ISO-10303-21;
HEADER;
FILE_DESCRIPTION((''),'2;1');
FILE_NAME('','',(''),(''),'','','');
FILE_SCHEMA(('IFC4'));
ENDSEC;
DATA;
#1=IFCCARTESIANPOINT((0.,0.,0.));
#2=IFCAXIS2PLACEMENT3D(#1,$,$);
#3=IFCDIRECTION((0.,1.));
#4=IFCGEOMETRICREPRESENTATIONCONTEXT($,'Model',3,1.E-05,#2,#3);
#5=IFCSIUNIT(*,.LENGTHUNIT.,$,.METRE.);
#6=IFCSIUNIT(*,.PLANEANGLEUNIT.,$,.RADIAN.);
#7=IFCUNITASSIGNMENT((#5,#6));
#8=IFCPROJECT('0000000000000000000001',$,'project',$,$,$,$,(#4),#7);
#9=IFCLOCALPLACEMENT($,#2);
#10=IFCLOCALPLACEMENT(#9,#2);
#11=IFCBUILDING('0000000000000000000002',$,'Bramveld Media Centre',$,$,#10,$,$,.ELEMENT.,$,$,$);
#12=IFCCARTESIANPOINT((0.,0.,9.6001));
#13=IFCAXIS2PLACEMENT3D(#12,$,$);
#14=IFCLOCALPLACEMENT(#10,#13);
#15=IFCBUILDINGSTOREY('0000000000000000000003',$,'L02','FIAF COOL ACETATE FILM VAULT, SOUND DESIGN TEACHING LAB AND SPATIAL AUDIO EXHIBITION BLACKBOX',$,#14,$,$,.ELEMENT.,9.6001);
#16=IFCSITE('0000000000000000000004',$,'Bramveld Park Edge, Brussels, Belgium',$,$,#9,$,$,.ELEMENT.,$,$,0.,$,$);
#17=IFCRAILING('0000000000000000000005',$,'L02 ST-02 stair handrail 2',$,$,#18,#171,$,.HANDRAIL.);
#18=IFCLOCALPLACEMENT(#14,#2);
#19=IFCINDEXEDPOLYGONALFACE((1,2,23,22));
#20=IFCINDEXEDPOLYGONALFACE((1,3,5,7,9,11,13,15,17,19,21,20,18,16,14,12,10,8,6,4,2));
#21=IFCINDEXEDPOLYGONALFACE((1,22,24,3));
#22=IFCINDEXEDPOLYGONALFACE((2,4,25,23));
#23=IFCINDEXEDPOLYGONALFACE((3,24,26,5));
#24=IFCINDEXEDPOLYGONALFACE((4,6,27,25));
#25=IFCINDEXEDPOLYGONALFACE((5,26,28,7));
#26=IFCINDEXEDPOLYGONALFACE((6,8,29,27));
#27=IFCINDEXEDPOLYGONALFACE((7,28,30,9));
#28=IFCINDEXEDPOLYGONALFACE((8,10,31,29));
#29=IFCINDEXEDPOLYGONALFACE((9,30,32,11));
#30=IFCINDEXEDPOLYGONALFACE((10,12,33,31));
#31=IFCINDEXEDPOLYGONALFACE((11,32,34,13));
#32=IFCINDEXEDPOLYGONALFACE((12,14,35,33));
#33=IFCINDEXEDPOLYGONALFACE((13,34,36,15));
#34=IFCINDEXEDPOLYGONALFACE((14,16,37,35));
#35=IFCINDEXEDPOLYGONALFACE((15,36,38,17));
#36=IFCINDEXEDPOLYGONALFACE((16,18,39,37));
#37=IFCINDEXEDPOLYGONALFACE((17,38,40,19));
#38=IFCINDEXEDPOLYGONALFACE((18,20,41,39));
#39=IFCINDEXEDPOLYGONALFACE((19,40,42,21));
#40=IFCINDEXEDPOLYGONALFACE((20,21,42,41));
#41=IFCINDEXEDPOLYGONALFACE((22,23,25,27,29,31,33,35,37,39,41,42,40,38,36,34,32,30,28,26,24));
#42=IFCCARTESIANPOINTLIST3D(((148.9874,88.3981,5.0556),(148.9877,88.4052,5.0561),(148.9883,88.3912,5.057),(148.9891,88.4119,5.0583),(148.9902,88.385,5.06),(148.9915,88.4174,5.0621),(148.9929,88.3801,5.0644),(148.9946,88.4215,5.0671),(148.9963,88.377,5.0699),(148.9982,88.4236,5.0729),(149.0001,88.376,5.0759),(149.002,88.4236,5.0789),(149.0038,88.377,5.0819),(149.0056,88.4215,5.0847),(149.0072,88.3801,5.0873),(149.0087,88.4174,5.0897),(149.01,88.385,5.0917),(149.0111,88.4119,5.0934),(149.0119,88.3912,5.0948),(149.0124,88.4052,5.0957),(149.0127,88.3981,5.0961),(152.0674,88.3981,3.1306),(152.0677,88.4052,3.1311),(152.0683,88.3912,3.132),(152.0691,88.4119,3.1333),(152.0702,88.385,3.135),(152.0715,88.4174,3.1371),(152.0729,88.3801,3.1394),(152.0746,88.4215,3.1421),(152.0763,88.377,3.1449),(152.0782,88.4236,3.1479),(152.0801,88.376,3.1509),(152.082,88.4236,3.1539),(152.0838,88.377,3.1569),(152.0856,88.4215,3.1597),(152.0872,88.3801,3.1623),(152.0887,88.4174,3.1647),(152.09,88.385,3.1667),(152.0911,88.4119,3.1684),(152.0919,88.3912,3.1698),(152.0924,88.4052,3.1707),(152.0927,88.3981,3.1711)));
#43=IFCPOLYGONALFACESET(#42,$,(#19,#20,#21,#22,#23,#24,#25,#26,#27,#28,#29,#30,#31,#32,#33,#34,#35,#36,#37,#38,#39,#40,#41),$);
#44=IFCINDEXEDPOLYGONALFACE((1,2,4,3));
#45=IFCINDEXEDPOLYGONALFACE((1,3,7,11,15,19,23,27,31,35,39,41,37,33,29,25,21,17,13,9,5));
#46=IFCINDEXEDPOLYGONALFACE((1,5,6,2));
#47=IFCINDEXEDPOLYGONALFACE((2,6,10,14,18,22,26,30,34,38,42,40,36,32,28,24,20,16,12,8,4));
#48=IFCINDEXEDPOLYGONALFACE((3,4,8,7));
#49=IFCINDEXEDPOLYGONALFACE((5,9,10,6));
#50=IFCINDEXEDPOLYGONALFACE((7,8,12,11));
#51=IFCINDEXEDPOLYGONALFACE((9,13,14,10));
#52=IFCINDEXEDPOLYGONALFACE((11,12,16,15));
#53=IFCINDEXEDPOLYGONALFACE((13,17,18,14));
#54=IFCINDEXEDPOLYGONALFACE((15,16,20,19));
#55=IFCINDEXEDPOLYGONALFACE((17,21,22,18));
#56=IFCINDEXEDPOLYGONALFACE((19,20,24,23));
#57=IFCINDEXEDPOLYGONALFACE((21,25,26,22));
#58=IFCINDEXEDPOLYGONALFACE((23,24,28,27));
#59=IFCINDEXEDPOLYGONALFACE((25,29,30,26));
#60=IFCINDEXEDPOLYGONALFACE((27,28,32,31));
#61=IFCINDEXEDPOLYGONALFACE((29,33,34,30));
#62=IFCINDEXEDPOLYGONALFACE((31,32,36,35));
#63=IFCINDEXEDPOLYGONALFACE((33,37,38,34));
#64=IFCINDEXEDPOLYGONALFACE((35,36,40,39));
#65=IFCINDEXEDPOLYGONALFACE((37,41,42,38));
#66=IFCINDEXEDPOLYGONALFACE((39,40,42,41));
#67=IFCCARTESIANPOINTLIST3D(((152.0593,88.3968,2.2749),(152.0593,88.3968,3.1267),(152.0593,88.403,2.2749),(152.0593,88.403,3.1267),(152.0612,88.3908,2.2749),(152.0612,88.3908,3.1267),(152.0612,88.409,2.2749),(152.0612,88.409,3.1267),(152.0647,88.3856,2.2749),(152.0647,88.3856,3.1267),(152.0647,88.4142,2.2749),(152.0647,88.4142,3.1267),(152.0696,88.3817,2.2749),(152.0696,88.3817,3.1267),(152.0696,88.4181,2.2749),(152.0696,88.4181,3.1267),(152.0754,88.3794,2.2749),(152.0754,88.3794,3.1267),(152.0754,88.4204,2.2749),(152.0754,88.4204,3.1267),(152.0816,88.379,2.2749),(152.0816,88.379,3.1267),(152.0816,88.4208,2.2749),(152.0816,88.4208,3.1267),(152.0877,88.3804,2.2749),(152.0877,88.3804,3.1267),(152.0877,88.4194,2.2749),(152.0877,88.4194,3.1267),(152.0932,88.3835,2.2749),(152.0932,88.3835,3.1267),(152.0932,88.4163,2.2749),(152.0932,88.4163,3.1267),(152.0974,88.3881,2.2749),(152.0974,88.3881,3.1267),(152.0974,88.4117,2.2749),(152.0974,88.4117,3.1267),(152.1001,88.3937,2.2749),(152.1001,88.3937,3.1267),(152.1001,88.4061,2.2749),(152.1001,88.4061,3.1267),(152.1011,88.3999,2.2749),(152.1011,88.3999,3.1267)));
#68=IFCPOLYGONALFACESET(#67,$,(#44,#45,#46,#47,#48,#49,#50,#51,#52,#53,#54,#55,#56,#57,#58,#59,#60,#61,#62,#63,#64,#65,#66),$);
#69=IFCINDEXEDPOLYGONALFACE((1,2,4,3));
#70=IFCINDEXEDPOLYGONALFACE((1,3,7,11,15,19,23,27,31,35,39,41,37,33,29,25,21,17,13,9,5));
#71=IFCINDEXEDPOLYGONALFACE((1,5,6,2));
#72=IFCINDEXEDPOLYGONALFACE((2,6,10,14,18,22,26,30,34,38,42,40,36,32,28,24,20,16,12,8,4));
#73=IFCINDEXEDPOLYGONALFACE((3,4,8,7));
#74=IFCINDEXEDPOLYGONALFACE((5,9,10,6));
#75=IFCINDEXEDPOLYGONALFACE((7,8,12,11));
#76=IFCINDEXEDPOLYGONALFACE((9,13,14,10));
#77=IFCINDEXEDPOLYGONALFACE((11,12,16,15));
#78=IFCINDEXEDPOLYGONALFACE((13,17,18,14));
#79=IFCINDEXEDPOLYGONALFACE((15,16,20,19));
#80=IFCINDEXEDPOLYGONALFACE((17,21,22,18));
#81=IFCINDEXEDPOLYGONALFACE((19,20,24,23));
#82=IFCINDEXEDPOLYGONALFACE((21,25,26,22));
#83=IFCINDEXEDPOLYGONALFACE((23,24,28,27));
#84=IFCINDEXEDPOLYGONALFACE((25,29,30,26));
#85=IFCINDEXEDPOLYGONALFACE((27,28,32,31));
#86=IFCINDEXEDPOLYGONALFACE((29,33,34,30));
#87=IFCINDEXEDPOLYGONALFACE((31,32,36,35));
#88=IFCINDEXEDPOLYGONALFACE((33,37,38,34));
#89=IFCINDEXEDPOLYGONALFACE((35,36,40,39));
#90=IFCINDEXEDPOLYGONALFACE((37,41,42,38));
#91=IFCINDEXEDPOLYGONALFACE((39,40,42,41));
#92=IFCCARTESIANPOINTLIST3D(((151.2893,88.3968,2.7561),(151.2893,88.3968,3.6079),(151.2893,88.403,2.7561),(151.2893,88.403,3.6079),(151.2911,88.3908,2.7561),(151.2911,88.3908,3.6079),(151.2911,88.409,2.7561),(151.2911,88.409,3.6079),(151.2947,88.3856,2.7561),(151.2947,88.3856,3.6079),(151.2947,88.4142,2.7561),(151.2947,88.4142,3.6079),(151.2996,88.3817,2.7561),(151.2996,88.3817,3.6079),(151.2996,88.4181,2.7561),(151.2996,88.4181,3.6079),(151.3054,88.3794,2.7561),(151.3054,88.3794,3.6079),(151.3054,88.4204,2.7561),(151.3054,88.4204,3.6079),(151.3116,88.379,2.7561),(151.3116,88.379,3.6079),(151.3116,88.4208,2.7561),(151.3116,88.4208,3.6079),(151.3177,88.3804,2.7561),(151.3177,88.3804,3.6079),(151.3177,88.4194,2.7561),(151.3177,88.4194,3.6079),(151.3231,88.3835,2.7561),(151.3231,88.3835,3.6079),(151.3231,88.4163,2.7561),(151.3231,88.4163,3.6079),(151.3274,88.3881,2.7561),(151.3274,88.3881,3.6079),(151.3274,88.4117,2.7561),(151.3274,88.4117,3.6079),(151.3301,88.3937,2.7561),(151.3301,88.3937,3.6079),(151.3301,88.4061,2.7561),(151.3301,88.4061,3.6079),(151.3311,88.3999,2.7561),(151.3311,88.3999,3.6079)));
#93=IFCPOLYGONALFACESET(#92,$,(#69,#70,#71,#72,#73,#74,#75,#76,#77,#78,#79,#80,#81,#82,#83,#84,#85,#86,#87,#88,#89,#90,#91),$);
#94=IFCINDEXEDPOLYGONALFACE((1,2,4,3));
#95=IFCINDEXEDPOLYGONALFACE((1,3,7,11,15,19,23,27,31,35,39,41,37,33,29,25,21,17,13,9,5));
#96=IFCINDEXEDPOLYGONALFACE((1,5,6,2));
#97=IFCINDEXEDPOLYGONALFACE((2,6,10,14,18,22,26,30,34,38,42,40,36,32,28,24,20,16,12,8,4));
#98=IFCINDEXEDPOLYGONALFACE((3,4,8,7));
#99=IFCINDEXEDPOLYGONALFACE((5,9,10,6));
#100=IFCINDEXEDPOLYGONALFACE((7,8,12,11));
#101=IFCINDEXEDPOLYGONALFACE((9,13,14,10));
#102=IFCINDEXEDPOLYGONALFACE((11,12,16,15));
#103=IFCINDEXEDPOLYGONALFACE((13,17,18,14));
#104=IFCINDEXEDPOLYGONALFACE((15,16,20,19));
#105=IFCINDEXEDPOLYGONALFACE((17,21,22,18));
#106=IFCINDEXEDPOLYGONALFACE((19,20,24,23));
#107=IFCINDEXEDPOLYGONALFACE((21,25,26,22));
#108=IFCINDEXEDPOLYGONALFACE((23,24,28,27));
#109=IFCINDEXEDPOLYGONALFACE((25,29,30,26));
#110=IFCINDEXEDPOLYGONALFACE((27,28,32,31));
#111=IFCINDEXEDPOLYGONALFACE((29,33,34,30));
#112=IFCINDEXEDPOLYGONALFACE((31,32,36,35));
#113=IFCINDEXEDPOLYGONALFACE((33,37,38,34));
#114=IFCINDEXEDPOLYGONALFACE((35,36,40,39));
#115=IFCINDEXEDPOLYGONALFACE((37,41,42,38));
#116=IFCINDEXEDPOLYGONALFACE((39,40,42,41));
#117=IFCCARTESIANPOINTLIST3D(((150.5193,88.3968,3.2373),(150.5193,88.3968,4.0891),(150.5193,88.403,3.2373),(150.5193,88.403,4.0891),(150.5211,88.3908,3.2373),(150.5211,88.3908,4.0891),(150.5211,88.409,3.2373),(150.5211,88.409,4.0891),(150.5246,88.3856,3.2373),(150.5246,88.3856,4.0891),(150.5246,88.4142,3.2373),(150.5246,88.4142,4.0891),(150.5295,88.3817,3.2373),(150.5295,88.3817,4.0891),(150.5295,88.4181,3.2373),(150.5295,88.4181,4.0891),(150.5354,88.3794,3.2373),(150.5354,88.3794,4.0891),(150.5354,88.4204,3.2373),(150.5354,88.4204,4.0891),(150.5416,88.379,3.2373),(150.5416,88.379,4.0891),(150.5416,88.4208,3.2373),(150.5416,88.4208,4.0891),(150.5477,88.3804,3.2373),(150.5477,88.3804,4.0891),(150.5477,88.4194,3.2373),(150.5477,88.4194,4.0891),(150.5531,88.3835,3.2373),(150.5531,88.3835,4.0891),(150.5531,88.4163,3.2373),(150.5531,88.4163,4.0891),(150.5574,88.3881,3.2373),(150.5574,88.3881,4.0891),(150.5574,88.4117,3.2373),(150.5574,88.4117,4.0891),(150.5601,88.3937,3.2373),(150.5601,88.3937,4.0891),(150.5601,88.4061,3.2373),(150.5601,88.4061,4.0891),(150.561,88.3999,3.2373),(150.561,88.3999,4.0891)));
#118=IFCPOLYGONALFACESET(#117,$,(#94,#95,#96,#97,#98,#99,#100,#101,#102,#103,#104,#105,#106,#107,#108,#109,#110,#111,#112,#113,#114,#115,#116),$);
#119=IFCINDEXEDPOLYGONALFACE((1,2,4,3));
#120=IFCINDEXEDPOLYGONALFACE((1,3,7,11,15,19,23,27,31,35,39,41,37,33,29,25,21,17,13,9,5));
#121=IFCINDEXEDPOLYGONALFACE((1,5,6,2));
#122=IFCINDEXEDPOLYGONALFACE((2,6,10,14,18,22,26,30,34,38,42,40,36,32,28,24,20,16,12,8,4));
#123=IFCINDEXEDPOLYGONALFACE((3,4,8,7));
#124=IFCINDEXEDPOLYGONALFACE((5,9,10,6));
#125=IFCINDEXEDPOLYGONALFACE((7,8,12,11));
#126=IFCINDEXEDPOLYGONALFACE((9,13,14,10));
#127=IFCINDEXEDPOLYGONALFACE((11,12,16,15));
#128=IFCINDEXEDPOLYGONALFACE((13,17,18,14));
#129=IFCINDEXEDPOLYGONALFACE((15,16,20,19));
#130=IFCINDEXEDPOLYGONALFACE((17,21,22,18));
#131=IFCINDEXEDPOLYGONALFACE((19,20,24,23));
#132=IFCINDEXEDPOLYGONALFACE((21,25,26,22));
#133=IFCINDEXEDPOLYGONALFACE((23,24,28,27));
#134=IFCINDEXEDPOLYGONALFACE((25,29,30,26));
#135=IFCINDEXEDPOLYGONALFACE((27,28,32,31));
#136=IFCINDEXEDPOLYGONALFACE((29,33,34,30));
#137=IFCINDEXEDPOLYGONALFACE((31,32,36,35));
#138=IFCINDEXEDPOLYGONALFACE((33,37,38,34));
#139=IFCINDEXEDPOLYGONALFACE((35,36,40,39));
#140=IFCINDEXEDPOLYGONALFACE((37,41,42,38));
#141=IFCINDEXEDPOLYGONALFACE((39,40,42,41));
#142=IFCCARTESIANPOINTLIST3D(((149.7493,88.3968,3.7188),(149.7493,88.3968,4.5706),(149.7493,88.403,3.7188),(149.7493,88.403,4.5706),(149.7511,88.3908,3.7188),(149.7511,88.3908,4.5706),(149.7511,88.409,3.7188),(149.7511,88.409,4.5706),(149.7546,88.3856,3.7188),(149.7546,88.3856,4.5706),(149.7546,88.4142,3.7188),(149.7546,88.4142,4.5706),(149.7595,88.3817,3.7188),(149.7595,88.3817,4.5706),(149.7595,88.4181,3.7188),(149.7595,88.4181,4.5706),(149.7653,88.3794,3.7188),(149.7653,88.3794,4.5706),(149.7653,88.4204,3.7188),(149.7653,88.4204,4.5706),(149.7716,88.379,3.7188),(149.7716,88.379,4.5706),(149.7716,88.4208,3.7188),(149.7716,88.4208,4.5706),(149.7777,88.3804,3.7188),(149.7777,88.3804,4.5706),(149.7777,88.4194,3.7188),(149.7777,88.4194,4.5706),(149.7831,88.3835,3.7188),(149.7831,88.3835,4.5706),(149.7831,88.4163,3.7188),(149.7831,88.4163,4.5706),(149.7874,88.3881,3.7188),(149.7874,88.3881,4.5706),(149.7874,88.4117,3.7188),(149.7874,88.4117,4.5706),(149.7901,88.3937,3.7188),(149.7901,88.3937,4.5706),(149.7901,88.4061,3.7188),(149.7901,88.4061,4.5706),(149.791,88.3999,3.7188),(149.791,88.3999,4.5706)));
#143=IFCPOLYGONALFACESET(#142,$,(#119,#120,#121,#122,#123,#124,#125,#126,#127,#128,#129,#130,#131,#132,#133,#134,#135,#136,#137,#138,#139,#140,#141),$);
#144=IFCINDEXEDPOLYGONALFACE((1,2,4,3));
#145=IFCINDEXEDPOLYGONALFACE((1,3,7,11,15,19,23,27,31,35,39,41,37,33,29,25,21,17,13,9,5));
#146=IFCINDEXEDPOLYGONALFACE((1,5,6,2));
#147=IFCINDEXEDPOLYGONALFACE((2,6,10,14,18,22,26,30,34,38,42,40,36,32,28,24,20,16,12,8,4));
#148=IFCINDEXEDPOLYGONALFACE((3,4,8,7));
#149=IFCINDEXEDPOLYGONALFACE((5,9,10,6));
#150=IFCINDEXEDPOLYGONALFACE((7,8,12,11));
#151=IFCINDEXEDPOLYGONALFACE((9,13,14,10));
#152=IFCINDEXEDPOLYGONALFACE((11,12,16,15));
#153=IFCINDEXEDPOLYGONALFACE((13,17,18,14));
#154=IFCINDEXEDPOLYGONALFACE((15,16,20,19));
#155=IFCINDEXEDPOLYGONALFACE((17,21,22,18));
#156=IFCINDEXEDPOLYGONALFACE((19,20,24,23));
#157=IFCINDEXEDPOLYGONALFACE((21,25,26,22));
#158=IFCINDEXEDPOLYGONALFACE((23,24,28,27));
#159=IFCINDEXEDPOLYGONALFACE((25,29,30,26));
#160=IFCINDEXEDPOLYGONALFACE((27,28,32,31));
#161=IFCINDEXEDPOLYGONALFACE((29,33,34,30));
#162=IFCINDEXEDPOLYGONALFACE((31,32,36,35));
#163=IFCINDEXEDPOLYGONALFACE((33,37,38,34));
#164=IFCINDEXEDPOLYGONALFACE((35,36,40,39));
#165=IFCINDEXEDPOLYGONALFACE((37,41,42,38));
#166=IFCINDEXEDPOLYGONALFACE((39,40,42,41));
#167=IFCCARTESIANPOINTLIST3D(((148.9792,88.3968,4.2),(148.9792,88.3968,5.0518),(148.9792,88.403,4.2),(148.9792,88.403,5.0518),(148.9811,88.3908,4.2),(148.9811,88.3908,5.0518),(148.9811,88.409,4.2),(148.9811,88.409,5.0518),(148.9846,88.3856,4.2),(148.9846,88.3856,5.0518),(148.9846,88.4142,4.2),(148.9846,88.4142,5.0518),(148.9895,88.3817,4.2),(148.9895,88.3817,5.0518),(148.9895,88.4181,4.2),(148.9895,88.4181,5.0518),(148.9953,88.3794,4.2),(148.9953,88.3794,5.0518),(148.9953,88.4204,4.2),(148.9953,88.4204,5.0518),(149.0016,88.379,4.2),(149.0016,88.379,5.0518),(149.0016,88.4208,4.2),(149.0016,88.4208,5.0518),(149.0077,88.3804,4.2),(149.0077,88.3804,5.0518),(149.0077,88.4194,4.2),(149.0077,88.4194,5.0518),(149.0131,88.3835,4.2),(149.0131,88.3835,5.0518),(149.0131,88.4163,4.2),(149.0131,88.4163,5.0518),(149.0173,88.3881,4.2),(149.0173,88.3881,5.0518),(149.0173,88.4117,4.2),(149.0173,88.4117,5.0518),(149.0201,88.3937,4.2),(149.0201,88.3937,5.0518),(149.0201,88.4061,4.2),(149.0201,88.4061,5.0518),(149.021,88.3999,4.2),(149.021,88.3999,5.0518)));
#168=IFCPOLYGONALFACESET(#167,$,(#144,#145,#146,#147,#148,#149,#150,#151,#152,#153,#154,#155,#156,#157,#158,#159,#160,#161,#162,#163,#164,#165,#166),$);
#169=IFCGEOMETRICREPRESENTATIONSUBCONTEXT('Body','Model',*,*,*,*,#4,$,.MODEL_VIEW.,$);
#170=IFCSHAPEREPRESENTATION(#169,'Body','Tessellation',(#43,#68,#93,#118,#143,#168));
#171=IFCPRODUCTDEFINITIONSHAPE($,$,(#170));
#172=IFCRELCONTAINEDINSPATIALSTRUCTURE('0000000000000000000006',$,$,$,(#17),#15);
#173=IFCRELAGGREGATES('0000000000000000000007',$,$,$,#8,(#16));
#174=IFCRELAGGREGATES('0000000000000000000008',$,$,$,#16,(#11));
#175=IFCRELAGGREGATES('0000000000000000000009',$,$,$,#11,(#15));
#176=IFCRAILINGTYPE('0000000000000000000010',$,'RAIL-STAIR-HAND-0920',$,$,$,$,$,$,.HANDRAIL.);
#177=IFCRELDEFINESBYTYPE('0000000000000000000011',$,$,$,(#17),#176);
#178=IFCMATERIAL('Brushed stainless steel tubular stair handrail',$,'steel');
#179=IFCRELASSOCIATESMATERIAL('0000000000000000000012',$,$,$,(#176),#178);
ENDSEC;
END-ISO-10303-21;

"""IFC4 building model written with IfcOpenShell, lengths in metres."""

from ifc_helpers import new_model, si_unit, direction, frame, origin, origin_2d, place, context, subcontext, project, spatial, circle, extrude, material, type_object, element, save


model = new_model("IFC4")

# Units and contexts
model_context = context("Model", 3, precision=1e-05, world=origin(), true_north=direction((0.0, 1.0)))
body_context = subcontext(model_context, "Body", "Model", "MODEL_VIEW")
ifc_project = project(units=[si_unit("LENGTHUNIT", "METRE"), si_unit("PLANEANGLEUNIT", "RADIAN")], contexts=[model_context])

# Site, building, storey
site_placement = place(None, origin())
site = spatial("IfcSite", under=ifc_project, at=site_placement, Name="Bramveld Park Edge, Brussels, Belgium", CompositionType="ELEMENT", RefElevation=0.0)
building_placement = place(site_placement, origin())
building = spatial("IfcBuilding", under=site, at=building_placement, Name="Bramveld Media Centre", CompositionType="ELEMENT")
storey_placement = place(building_placement, frame((0.0, 0.0, 9.6001)))
storey = spatial("IfcBuildingStorey", under=building, at=storey_placement, Name="L02", Description="FIAF COOL ACETATE FILM VAULT, SOUND DESIGN TEACHING LAB AND SPATIAL AUDIO EXHIBITION BLACKBOX", CompositionType="ELEMENT", Elevation=9.6001)

# Railing
ifc_material_1 = material(Name="Brushed stainless steel tubular stair handrail", Category="steel")
railing_type_1 = type_object("IfcRailingType", Name="RAIL-STAIR-HAND-0920", PredefinedType="HANDRAIL", material=ifc_material_1)
railing_1_placement = place(storey_placement, frame((152.0801, 88.3999, 2.2749)))
element("IfcRailing", 1, at=railing_1_placement, inside=storey, type_object=railing_type_1, Name="L02 ST-02 stair handrail 2", PredefinedType="HANDRAIL", context=body_context, shape_type="SweptSolid", body=[
    extrude(circle(Radius=0.0239, at=origin_2d()), frame((0.0, 0.0, 0.876), z_axis=(-0.847998, 0.0, 0.529999), x_axis=(0.0, -1.0, 0.0)), (0.0, 0.0, 1.0), 3.6321),
    extrude(circle(Radius=0.021, at=origin_2d()), origin(), (0.0, 0.0, 1.0), 0.8518),
    extrude(circle(Radius=0.021, at=origin_2d()), frame((-0.77, 0.0, 0.4812)), (0.0, 0.0, 1.0), 0.8518),
    extrude(circle(Radius=0.021, at=origin_2d()), frame((-1.54, 0.0, 0.9624)), (0.0, 0.0, 1.0), 0.8518),
    extrude(circle(Radius=0.021, at=origin_2d()), frame((-2.3101, 0.0, 1.4438)), (0.0, 0.0, 1.0), 0.8518),
    extrude(circle(Radius=0.021, at=origin_2d()), frame((-3.0801, 0.0, 1.925)), (0.0, 0.0, 1.0), 0.8518),
])

save(model, "model.ifc")
